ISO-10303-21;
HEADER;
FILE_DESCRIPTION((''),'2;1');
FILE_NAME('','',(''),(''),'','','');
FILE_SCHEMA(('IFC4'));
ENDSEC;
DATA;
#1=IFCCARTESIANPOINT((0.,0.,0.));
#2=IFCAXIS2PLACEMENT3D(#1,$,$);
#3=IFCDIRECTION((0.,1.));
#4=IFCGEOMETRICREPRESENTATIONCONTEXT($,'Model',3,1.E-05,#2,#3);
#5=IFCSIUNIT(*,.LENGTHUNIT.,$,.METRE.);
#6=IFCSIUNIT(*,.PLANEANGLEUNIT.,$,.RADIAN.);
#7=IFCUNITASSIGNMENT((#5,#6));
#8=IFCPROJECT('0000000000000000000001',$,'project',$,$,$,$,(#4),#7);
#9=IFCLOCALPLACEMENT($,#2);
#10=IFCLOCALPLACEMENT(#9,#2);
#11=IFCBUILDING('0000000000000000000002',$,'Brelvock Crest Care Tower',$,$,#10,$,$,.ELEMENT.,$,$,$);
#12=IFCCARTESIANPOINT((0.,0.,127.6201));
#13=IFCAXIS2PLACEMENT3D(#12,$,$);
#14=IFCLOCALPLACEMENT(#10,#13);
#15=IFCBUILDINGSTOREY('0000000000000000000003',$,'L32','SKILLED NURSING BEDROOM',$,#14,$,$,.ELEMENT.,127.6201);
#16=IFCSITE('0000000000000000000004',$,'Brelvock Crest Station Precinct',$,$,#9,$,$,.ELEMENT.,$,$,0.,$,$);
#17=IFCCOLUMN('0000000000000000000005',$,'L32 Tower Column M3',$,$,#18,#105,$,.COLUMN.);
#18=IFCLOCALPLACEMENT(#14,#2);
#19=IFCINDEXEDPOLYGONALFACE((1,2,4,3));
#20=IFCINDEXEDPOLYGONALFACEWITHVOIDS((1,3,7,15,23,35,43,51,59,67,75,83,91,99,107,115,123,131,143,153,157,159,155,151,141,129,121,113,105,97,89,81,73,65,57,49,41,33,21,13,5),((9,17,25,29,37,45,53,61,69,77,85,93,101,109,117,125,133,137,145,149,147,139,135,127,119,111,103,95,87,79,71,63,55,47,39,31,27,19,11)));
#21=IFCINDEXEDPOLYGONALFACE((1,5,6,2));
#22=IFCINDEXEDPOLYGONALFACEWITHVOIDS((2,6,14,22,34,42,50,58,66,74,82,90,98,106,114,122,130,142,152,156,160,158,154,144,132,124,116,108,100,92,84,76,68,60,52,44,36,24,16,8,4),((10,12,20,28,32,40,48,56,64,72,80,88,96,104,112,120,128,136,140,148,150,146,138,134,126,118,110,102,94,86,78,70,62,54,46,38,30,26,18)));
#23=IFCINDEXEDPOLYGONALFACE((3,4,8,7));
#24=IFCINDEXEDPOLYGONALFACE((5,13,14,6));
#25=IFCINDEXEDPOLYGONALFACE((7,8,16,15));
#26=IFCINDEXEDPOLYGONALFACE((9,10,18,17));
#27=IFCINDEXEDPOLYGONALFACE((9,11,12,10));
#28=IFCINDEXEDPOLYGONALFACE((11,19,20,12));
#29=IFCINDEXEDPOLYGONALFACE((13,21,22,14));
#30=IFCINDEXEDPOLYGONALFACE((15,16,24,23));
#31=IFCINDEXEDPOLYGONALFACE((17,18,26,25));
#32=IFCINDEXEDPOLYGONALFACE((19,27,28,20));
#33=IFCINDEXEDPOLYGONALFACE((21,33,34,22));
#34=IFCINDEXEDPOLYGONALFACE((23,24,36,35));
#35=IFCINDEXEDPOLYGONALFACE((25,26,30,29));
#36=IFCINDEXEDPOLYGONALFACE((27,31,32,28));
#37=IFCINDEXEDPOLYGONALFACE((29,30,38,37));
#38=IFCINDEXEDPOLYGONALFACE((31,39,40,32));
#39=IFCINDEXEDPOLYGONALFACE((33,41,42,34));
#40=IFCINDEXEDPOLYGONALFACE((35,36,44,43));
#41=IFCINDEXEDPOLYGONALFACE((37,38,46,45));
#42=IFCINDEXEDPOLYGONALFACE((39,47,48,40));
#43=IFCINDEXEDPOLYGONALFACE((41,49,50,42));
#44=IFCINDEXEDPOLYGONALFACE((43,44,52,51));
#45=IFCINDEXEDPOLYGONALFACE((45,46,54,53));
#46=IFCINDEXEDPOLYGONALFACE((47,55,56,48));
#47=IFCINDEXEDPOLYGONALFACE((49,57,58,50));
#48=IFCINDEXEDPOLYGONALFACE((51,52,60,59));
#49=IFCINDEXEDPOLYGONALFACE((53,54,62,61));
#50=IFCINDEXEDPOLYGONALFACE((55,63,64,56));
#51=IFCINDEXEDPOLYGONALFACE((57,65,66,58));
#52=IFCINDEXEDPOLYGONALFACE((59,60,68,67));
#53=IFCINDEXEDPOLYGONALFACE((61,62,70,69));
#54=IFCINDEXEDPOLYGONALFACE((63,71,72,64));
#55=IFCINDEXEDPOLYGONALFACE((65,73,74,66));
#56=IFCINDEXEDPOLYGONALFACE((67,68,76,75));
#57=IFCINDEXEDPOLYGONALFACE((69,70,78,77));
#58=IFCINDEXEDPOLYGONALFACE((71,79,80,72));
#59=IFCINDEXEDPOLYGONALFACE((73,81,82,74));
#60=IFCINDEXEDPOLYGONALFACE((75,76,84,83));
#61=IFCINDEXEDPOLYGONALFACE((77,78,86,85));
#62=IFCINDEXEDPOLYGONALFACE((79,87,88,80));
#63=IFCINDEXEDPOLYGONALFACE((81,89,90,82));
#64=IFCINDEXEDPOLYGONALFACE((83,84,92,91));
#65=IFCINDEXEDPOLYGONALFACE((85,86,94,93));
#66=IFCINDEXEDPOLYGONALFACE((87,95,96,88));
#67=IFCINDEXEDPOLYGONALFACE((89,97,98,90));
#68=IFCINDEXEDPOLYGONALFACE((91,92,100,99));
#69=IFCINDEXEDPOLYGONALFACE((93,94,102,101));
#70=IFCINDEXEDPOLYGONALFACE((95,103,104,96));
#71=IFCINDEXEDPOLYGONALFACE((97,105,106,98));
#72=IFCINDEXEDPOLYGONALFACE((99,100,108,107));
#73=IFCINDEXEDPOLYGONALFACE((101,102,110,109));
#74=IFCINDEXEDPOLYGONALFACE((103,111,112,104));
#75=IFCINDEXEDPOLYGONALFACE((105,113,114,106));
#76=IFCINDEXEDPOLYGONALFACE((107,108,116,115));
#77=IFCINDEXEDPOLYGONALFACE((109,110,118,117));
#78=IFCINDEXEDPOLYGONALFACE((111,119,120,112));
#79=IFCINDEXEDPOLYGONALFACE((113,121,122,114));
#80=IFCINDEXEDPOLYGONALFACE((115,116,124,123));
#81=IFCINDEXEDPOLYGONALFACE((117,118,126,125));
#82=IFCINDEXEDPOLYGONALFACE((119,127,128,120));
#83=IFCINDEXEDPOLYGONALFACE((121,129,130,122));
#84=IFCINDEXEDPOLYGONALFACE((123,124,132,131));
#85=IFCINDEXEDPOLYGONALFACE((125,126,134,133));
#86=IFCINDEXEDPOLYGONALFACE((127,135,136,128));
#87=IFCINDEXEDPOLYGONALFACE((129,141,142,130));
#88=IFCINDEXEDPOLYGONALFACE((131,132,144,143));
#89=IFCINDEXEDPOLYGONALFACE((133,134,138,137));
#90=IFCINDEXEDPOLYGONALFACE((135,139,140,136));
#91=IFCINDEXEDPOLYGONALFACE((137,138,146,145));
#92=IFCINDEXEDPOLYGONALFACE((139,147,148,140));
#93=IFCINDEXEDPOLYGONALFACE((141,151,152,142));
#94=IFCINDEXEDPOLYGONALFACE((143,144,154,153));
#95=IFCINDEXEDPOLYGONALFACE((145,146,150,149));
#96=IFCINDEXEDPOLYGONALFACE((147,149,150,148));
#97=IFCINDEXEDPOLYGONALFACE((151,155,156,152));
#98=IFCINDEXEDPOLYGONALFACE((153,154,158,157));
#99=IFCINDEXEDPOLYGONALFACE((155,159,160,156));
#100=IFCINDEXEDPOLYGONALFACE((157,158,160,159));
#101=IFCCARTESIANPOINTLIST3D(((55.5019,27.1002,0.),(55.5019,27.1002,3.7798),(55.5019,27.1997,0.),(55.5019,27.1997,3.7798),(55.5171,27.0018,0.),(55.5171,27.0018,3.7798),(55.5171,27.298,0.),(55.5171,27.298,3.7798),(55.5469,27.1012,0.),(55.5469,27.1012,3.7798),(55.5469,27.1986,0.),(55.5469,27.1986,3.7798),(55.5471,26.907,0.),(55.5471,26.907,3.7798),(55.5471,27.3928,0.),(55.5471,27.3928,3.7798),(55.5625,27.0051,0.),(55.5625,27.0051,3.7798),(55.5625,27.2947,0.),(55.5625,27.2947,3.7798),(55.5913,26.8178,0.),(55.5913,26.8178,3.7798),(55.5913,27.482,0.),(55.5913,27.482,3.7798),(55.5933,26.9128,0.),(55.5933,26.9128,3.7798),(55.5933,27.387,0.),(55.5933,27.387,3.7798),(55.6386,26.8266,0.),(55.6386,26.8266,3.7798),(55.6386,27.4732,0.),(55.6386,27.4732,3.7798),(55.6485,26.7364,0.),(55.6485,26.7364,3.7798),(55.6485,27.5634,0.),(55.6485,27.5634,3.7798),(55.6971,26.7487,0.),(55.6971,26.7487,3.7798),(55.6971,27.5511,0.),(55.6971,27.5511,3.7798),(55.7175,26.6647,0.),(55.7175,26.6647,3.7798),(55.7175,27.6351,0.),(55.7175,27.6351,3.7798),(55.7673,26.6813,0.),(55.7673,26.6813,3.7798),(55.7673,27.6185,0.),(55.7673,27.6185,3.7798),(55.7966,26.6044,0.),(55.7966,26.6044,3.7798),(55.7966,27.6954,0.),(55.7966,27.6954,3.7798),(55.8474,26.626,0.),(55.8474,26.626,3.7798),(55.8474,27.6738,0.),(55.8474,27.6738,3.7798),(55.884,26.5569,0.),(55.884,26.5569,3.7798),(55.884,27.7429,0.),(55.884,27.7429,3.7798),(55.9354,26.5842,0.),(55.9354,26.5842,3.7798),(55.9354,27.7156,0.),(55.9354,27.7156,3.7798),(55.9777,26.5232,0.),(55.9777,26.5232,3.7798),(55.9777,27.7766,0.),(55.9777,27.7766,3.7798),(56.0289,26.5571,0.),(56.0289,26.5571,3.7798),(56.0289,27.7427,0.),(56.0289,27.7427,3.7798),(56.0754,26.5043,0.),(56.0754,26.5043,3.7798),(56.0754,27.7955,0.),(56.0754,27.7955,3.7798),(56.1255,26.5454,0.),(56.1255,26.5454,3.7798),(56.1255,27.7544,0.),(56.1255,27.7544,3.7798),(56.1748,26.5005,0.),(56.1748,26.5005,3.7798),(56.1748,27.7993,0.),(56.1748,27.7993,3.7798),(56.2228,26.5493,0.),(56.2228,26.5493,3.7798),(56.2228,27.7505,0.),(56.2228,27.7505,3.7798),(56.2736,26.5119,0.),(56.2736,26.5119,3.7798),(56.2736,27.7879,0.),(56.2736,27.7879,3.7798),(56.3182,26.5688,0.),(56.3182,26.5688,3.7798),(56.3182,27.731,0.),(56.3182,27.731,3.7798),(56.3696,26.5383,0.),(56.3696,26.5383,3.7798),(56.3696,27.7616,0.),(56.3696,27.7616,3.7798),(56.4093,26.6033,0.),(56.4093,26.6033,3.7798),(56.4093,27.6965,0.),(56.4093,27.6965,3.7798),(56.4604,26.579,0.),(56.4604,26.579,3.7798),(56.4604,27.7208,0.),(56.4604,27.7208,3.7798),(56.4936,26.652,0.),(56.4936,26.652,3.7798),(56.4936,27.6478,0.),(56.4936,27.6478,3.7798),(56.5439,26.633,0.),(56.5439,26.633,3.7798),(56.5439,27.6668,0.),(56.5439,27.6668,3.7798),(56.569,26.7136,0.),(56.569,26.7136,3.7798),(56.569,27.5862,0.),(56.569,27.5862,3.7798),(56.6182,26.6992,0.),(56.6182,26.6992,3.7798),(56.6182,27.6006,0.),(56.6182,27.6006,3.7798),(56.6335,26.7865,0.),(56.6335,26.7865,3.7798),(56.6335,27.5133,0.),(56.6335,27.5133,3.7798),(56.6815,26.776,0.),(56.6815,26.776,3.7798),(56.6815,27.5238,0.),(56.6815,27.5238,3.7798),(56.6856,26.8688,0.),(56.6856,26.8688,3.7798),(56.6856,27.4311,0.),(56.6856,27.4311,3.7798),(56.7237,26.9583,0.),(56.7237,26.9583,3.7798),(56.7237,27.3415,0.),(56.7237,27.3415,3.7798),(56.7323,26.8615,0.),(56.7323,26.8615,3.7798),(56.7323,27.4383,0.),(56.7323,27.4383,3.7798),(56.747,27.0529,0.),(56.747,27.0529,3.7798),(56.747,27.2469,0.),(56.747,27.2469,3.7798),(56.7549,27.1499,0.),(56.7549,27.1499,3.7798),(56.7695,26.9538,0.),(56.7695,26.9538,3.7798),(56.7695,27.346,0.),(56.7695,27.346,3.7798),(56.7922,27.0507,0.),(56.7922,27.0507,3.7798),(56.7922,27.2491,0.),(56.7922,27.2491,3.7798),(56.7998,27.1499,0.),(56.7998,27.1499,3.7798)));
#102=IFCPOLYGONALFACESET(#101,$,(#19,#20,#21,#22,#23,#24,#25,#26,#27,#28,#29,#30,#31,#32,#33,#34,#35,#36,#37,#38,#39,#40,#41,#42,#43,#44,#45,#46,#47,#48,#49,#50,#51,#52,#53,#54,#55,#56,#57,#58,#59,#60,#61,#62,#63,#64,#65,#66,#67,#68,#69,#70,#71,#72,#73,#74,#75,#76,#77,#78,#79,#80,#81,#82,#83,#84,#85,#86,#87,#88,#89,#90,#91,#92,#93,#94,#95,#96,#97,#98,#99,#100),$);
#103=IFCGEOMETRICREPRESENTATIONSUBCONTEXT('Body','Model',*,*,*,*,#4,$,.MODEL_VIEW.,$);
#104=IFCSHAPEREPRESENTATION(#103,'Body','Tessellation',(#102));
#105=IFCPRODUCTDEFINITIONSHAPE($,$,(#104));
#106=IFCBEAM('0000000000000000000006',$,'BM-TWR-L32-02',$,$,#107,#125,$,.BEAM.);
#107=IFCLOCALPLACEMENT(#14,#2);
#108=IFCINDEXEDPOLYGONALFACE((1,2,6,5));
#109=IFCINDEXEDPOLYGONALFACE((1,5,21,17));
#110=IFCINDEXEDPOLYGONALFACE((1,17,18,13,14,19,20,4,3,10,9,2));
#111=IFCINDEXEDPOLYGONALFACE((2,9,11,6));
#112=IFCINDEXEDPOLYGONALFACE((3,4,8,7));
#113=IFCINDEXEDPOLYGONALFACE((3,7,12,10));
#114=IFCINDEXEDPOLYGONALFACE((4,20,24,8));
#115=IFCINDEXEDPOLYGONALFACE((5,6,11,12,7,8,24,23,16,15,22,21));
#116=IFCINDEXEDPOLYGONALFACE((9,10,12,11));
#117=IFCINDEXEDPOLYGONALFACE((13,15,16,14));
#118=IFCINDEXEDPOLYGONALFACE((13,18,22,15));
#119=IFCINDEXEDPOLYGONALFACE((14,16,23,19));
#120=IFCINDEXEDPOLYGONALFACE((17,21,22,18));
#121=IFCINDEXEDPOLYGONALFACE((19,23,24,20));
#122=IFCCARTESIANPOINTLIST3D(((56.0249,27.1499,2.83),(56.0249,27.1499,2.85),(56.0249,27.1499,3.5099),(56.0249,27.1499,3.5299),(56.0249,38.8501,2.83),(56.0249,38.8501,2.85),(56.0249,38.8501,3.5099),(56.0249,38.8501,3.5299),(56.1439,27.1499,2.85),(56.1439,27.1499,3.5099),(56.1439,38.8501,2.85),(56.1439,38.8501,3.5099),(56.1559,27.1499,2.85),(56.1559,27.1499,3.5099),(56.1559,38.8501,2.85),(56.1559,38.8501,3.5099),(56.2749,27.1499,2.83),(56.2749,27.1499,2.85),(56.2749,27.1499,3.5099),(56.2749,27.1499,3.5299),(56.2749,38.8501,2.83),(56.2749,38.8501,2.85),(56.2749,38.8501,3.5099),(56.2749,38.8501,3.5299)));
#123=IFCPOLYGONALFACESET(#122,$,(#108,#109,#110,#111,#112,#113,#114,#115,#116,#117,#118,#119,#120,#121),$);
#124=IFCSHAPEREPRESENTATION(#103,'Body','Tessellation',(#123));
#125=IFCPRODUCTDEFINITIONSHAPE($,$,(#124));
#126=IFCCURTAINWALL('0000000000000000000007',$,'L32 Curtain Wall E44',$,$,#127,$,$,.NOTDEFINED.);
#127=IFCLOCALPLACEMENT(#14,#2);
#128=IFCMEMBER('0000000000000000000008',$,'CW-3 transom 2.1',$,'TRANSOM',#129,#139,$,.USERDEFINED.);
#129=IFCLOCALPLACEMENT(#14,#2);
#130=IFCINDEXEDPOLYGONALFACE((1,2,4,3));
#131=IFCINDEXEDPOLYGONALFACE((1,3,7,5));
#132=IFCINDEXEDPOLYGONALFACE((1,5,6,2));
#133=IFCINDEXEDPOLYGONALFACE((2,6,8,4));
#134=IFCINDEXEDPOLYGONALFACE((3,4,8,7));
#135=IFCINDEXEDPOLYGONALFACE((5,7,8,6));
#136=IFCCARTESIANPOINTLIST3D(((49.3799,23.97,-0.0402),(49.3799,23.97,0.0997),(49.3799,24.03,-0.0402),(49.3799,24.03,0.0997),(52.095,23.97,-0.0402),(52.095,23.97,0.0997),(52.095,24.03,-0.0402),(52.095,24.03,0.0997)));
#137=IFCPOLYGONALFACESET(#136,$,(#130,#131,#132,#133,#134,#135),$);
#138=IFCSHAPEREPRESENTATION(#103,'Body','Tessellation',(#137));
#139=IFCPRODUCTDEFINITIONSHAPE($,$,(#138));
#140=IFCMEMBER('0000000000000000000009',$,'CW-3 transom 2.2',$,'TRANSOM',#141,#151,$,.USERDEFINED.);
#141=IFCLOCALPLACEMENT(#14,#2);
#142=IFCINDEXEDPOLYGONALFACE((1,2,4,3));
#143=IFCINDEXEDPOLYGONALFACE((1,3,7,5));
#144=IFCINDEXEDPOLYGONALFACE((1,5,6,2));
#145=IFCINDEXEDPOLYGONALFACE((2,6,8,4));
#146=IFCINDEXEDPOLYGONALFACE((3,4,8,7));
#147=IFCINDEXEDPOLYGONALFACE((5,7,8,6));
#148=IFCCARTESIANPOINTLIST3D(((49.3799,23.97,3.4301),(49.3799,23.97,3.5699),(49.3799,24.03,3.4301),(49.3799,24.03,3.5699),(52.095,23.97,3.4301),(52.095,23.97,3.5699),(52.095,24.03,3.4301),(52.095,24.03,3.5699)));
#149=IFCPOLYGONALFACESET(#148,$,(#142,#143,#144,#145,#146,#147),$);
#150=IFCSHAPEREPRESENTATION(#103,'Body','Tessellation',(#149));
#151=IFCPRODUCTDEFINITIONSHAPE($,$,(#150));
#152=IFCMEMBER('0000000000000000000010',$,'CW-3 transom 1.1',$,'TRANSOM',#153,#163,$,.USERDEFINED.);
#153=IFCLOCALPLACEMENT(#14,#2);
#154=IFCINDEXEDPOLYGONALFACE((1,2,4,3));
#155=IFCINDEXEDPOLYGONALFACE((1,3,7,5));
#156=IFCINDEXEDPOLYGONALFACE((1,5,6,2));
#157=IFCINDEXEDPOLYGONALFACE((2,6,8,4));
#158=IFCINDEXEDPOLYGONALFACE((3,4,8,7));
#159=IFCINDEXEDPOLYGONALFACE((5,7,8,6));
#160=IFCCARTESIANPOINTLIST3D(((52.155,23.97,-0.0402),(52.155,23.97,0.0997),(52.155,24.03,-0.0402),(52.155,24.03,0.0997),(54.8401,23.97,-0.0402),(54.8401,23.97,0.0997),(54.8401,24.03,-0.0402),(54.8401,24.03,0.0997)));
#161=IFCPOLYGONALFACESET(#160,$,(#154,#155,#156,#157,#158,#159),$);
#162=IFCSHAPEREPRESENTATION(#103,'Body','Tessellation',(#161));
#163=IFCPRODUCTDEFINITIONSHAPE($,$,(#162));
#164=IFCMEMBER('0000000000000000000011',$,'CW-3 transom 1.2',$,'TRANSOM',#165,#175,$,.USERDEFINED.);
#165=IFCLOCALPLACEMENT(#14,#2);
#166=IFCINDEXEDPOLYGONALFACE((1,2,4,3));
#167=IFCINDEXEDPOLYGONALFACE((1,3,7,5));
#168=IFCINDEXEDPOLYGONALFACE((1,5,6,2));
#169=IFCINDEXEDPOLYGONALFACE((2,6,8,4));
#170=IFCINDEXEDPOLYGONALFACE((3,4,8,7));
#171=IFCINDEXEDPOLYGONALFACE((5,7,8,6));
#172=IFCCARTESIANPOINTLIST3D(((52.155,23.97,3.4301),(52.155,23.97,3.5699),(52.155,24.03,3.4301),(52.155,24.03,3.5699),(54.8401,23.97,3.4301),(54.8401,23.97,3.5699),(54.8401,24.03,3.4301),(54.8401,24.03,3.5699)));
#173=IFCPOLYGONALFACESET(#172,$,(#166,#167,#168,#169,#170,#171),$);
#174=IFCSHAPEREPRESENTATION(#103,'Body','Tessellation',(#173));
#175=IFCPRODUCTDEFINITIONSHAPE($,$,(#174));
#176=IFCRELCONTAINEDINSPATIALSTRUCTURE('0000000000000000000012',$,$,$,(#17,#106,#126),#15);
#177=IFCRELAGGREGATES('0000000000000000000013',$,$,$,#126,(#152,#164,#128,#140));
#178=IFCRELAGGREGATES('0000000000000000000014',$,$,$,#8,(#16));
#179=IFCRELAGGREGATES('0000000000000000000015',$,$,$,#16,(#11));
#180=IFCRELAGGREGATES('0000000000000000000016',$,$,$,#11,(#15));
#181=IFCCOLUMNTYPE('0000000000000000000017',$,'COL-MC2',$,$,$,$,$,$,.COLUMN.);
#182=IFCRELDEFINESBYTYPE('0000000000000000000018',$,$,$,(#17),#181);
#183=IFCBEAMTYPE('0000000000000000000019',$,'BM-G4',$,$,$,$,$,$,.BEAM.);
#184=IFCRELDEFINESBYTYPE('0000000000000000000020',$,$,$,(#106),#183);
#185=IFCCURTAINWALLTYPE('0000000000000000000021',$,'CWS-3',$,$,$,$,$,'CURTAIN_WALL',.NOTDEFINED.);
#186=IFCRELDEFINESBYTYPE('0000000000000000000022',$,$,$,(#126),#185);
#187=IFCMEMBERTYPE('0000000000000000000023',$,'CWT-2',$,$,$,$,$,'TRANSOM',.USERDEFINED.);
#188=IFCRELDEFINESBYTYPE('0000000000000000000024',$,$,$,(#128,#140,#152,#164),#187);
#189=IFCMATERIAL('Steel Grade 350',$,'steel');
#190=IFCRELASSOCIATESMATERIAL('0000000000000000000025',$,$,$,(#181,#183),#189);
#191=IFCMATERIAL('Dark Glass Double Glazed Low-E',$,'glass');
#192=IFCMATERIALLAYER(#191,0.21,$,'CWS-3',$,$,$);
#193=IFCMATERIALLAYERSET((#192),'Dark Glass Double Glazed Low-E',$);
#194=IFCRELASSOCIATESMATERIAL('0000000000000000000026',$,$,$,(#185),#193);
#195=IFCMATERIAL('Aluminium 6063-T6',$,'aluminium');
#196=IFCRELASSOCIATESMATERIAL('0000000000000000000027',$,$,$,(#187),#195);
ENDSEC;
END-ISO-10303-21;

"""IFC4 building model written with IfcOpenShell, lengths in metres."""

from ifc_helpers import new_model, si_unit, direction, frame, origin, origin_2d, place, context, subcontext, project, spatial, rectangle, hollow_circle, i_section, extrude, source, transform, mapped, material, layer, layer_set, material_profile, profile_set, type_object, element, aggregate, save


model = new_model("IFC4")

# Units and contexts
model_context = context("Model", 3, precision=1e-05, world=origin(), true_north=direction((0.0, 1.0)))
body_context = subcontext(model_context, "Body", "Model", "MODEL_VIEW")
ifc_project = project(units=[si_unit("LENGTHUNIT", "METRE"), si_unit("PLANEANGLEUNIT", "RADIAN")], contexts=[model_context])

# Site, building, storey
site_placement = place(None, origin())
site = spatial("IfcSite", under=ifc_project, at=site_placement, Name="Brelvock Crest Station Precinct", CompositionType="ELEMENT", RefElevation=0.0)
building_placement = place(site_placement, origin())
building = spatial("IfcBuilding", under=site, at=building_placement, Name="Brelvock Crest Care Tower", CompositionType="ELEMENT")
storey_placement = place(building_placement, frame((0.0, 0.0, 127.6201)))
storey = spatial("IfcBuildingStorey", under=building, at=storey_placement, Name="L32", Description="SKILLED NURSING BEDROOM", CompositionType="ELEMENT", Elevation=127.6201)

# Column
ifc_material_1 = material(Name="Steel Grade 350", Category="steel")
ifc_material_profile_1 = material_profile(ifc_material_1, hollow_circle(Radius=0.6499, WallThickness=0.0449, at=origin_2d()), Name="CFT1300x45")
ifc_profile_set_1 = profile_set([ifc_material_profile_1], Name="Steel Grade 350")
column_type = type_object("IfcColumnType", Name="COL-MC2", PredefinedType="COLUMN", material=ifc_profile_set_1)
shared_shape_1 = source(origin(), body_context, "Body", "SweptSolid", [
    extrude(hollow_circle(Radius=0.6499, WallThickness=0.0449, at=origin_2d()), origin(), (0.0, 0.0, 1.0), 3.7798),
])
column_placement = place(storey_placement, frame((56.1499, 27.1499, 0.0), z_axis=(0.0, 0.0, 1.0), x_axis=(1.0, 0.0, 0.0)))
element("IfcColumn", 1, at=column_placement, inside=storey, type_object=column_type, Name="L32 Tower Column M3", PredefinedType="COLUMN", context=body_context, shape_type="MappedRepresentation", body=[
    mapped(shared_shape_1, transform((0.0, 0.0, 0.0), x_axis=(1.0, 0.0, 0.0), y_axis=(0.0, 1.0, 0.0), z_axis=(0.0, 0.0, 1.0), scale=1.0)),
])

# Beam
ifc_material_profile_2 = material_profile(ifc_material_1, i_section(OverallWidth=0.25, OverallDepth=0.7, WebThickness=0.012, FlangeThickness=0.02, at=origin_2d()), Name="700WB150")
ifc_profile_set_2 = profile_set([ifc_material_profile_2], Name="Steel Grade 350")
beam_type = type_object("IfcBeamType", Name="BM-G4", PredefinedType="BEAM", material=ifc_profile_set_2)
shared_shape_2 = source(origin(), body_context, "Body", "SweptSolid", [
    extrude(i_section(OverallWidth=0.25, OverallDepth=0.7, WebThickness=0.012, FlangeThickness=0.02, at=origin_2d()), origin(), (0.0, 0.0, 1.0), 11.7002),
])
beam_placement = place(storey_placement, frame((56.1499, 27.1499, 3.1799), z_axis=(0.0, 1.0, 0.0), x_axis=(-1.0, 0.0, 0.0)))
element("IfcBeam", 2, at=beam_placement, inside=storey, type_object=beam_type, Name="BM-TWR-L32-02", PredefinedType="BEAM", context=body_context, shape_type="MappedRepresentation", body=[
    mapped(shared_shape_2, transform((0.0, 0.0, 0.0), x_axis=(1.0, 0.0, 0.0), y_axis=(0.0, 1.0, 0.0), z_axis=(0.0, 0.0, 1.0), scale=1.0)),
])

# Curtain wall, members
ifc_material_2 = material(Name="Dark Glass Double Glazed Low-E", Category="glass")
ifc_layer_1 = layer(ifc_material_2, 0.21, Name="CWS-3")
ifc_layer_set_1 = layer_set([ifc_layer_1], Name="Dark Glass Double Glazed Low-E")
curtain_wall_type = type_object("IfcCurtainWallType", Name="CWS-3", ElementType="CURTAIN_WALL", PredefinedType="NOTDEFINED", material=ifc_layer_set_1)
curtain_wall_1_placement = place(storey_placement, origin())
curtain_wall_1 = element("IfcCurtainWall", 3, at=curtain_wall_1_placement, inside=storey, type_object=curtain_wall_type, Name="L32 Curtain Wall E44", PredefinedType="NOTDEFINED")
ifc_material_3 = material(Name="Aluminium 6063-T6", Category="aluminium")
ifc_material_profile_3 = material_profile(ifc_material_3, rectangle(XDim=0.0601, YDim=0.1399, at=origin_2d()), Name="ALU60x140")
ifc_profile_set_3 = profile_set([ifc_material_profile_3], Name="Aluminium 6063-T6")
member_type_1 = type_object("IfcMemberType", Name="CWT-2", ElementType="TRANSOM", PredefinedType="USERDEFINED", material=ifc_profile_set_3)
shared_shape_3 = source(origin(), body_context, "Body", "SweptSolid", [
    extrude(rectangle(XDim=0.0601, YDim=0.1399, at=origin_2d()), origin(), (0.0, 0.0, 1.0), 2.7151),
])
member_1_placement = place(storey_placement, frame((52.095, 24.0, 0.0298), z_axis=(-1.0, 0.0, 0.0), x_axis=(0.0, -1.0, 0.0)))
member_1 = element("IfcMember", 4, at=member_1_placement, type_object=member_type_1, Name="CW-3 transom 2.1", ObjectType="TRANSOM", PredefinedType="USERDEFINED", context=body_context, shape_type="MappedRepresentation", body=[
    mapped(shared_shape_3, transform((0.0, 0.0, 0.0), x_axis=(1.0, 0.0, 0.0), y_axis=(0.0, 1.0, 0.0), z_axis=(0.0, 0.0, 1.0), scale=1.0)),
])
member_2_placement = place(storey_placement, frame((52.095, 24.0, 3.5), z_axis=(-1.0, 0.0, 0.0), x_axis=(0.0, -1.0, 0.0)))
member_2 = element("IfcMember", 5, at=member_2_placement, type_object=member_type_1, Name="CW-3 transom 2.2", ObjectType="TRANSOM", PredefinedType="USERDEFINED", context=body_context, shape_type="MappedRepresentation", body=[
    mapped(shared_shape_3, transform((0.0, 0.0, 0.0), x_axis=(1.0, 0.0, 0.0), y_axis=(0.0, 1.0, 0.0), z_axis=(0.0, 0.0, 1.0), scale=1.0)),
])
shared_shape_4 = source(origin(), body_context, "Body", "SweptSolid", [
    extrude(rectangle(XDim=0.0601, YDim=0.1399, at=origin_2d()), origin(), (0.0, 0.0, 1.0), 2.6851),
])
member_3_placement = place(storey_placement, frame((54.8401, 24.0, 0.0298), z_axis=(-1.0, 0.0, 0.0), x_axis=(0.0, -1.0, 0.0)))
member_3 = element("IfcMember", 6, at=member_3_placement, type_object=member_type_1, Name="CW-3 transom 1.1", ObjectType="TRANSOM", PredefinedType="USERDEFINED", context=body_context, shape_type="MappedRepresentation", body=[
    mapped(shared_shape_4, transform((0.0, 0.0, 0.0), x_axis=(1.0, 0.0, 0.0), y_axis=(0.0, 1.0, 0.0), z_axis=(0.0, 0.0, 1.0), scale=1.0)),
])
member_4_placement = place(storey_placement, frame((54.8401, 24.0, 3.5), z_axis=(-1.0, 0.0, 0.0), x_axis=(0.0, -1.0, 0.0)))
member_4 = element("IfcMember", 7, at=member_4_placement, type_object=member_type_1, Name="CW-3 transom 1.2", ObjectType="TRANSOM", PredefinedType="USERDEFINED", context=body_context, shape_type="MappedRepresentation", body=[
    mapped(shared_shape_4, transform((0.0, 0.0, 0.0), x_axis=(1.0, 0.0, 0.0), y_axis=(0.0, 1.0, 0.0), z_axis=(0.0, 0.0, 1.0), scale=1.0)),
])

aggregate(curtain_wall_1, [member_3, member_4, member_1, member_2])

save(model, "model.ifc")
